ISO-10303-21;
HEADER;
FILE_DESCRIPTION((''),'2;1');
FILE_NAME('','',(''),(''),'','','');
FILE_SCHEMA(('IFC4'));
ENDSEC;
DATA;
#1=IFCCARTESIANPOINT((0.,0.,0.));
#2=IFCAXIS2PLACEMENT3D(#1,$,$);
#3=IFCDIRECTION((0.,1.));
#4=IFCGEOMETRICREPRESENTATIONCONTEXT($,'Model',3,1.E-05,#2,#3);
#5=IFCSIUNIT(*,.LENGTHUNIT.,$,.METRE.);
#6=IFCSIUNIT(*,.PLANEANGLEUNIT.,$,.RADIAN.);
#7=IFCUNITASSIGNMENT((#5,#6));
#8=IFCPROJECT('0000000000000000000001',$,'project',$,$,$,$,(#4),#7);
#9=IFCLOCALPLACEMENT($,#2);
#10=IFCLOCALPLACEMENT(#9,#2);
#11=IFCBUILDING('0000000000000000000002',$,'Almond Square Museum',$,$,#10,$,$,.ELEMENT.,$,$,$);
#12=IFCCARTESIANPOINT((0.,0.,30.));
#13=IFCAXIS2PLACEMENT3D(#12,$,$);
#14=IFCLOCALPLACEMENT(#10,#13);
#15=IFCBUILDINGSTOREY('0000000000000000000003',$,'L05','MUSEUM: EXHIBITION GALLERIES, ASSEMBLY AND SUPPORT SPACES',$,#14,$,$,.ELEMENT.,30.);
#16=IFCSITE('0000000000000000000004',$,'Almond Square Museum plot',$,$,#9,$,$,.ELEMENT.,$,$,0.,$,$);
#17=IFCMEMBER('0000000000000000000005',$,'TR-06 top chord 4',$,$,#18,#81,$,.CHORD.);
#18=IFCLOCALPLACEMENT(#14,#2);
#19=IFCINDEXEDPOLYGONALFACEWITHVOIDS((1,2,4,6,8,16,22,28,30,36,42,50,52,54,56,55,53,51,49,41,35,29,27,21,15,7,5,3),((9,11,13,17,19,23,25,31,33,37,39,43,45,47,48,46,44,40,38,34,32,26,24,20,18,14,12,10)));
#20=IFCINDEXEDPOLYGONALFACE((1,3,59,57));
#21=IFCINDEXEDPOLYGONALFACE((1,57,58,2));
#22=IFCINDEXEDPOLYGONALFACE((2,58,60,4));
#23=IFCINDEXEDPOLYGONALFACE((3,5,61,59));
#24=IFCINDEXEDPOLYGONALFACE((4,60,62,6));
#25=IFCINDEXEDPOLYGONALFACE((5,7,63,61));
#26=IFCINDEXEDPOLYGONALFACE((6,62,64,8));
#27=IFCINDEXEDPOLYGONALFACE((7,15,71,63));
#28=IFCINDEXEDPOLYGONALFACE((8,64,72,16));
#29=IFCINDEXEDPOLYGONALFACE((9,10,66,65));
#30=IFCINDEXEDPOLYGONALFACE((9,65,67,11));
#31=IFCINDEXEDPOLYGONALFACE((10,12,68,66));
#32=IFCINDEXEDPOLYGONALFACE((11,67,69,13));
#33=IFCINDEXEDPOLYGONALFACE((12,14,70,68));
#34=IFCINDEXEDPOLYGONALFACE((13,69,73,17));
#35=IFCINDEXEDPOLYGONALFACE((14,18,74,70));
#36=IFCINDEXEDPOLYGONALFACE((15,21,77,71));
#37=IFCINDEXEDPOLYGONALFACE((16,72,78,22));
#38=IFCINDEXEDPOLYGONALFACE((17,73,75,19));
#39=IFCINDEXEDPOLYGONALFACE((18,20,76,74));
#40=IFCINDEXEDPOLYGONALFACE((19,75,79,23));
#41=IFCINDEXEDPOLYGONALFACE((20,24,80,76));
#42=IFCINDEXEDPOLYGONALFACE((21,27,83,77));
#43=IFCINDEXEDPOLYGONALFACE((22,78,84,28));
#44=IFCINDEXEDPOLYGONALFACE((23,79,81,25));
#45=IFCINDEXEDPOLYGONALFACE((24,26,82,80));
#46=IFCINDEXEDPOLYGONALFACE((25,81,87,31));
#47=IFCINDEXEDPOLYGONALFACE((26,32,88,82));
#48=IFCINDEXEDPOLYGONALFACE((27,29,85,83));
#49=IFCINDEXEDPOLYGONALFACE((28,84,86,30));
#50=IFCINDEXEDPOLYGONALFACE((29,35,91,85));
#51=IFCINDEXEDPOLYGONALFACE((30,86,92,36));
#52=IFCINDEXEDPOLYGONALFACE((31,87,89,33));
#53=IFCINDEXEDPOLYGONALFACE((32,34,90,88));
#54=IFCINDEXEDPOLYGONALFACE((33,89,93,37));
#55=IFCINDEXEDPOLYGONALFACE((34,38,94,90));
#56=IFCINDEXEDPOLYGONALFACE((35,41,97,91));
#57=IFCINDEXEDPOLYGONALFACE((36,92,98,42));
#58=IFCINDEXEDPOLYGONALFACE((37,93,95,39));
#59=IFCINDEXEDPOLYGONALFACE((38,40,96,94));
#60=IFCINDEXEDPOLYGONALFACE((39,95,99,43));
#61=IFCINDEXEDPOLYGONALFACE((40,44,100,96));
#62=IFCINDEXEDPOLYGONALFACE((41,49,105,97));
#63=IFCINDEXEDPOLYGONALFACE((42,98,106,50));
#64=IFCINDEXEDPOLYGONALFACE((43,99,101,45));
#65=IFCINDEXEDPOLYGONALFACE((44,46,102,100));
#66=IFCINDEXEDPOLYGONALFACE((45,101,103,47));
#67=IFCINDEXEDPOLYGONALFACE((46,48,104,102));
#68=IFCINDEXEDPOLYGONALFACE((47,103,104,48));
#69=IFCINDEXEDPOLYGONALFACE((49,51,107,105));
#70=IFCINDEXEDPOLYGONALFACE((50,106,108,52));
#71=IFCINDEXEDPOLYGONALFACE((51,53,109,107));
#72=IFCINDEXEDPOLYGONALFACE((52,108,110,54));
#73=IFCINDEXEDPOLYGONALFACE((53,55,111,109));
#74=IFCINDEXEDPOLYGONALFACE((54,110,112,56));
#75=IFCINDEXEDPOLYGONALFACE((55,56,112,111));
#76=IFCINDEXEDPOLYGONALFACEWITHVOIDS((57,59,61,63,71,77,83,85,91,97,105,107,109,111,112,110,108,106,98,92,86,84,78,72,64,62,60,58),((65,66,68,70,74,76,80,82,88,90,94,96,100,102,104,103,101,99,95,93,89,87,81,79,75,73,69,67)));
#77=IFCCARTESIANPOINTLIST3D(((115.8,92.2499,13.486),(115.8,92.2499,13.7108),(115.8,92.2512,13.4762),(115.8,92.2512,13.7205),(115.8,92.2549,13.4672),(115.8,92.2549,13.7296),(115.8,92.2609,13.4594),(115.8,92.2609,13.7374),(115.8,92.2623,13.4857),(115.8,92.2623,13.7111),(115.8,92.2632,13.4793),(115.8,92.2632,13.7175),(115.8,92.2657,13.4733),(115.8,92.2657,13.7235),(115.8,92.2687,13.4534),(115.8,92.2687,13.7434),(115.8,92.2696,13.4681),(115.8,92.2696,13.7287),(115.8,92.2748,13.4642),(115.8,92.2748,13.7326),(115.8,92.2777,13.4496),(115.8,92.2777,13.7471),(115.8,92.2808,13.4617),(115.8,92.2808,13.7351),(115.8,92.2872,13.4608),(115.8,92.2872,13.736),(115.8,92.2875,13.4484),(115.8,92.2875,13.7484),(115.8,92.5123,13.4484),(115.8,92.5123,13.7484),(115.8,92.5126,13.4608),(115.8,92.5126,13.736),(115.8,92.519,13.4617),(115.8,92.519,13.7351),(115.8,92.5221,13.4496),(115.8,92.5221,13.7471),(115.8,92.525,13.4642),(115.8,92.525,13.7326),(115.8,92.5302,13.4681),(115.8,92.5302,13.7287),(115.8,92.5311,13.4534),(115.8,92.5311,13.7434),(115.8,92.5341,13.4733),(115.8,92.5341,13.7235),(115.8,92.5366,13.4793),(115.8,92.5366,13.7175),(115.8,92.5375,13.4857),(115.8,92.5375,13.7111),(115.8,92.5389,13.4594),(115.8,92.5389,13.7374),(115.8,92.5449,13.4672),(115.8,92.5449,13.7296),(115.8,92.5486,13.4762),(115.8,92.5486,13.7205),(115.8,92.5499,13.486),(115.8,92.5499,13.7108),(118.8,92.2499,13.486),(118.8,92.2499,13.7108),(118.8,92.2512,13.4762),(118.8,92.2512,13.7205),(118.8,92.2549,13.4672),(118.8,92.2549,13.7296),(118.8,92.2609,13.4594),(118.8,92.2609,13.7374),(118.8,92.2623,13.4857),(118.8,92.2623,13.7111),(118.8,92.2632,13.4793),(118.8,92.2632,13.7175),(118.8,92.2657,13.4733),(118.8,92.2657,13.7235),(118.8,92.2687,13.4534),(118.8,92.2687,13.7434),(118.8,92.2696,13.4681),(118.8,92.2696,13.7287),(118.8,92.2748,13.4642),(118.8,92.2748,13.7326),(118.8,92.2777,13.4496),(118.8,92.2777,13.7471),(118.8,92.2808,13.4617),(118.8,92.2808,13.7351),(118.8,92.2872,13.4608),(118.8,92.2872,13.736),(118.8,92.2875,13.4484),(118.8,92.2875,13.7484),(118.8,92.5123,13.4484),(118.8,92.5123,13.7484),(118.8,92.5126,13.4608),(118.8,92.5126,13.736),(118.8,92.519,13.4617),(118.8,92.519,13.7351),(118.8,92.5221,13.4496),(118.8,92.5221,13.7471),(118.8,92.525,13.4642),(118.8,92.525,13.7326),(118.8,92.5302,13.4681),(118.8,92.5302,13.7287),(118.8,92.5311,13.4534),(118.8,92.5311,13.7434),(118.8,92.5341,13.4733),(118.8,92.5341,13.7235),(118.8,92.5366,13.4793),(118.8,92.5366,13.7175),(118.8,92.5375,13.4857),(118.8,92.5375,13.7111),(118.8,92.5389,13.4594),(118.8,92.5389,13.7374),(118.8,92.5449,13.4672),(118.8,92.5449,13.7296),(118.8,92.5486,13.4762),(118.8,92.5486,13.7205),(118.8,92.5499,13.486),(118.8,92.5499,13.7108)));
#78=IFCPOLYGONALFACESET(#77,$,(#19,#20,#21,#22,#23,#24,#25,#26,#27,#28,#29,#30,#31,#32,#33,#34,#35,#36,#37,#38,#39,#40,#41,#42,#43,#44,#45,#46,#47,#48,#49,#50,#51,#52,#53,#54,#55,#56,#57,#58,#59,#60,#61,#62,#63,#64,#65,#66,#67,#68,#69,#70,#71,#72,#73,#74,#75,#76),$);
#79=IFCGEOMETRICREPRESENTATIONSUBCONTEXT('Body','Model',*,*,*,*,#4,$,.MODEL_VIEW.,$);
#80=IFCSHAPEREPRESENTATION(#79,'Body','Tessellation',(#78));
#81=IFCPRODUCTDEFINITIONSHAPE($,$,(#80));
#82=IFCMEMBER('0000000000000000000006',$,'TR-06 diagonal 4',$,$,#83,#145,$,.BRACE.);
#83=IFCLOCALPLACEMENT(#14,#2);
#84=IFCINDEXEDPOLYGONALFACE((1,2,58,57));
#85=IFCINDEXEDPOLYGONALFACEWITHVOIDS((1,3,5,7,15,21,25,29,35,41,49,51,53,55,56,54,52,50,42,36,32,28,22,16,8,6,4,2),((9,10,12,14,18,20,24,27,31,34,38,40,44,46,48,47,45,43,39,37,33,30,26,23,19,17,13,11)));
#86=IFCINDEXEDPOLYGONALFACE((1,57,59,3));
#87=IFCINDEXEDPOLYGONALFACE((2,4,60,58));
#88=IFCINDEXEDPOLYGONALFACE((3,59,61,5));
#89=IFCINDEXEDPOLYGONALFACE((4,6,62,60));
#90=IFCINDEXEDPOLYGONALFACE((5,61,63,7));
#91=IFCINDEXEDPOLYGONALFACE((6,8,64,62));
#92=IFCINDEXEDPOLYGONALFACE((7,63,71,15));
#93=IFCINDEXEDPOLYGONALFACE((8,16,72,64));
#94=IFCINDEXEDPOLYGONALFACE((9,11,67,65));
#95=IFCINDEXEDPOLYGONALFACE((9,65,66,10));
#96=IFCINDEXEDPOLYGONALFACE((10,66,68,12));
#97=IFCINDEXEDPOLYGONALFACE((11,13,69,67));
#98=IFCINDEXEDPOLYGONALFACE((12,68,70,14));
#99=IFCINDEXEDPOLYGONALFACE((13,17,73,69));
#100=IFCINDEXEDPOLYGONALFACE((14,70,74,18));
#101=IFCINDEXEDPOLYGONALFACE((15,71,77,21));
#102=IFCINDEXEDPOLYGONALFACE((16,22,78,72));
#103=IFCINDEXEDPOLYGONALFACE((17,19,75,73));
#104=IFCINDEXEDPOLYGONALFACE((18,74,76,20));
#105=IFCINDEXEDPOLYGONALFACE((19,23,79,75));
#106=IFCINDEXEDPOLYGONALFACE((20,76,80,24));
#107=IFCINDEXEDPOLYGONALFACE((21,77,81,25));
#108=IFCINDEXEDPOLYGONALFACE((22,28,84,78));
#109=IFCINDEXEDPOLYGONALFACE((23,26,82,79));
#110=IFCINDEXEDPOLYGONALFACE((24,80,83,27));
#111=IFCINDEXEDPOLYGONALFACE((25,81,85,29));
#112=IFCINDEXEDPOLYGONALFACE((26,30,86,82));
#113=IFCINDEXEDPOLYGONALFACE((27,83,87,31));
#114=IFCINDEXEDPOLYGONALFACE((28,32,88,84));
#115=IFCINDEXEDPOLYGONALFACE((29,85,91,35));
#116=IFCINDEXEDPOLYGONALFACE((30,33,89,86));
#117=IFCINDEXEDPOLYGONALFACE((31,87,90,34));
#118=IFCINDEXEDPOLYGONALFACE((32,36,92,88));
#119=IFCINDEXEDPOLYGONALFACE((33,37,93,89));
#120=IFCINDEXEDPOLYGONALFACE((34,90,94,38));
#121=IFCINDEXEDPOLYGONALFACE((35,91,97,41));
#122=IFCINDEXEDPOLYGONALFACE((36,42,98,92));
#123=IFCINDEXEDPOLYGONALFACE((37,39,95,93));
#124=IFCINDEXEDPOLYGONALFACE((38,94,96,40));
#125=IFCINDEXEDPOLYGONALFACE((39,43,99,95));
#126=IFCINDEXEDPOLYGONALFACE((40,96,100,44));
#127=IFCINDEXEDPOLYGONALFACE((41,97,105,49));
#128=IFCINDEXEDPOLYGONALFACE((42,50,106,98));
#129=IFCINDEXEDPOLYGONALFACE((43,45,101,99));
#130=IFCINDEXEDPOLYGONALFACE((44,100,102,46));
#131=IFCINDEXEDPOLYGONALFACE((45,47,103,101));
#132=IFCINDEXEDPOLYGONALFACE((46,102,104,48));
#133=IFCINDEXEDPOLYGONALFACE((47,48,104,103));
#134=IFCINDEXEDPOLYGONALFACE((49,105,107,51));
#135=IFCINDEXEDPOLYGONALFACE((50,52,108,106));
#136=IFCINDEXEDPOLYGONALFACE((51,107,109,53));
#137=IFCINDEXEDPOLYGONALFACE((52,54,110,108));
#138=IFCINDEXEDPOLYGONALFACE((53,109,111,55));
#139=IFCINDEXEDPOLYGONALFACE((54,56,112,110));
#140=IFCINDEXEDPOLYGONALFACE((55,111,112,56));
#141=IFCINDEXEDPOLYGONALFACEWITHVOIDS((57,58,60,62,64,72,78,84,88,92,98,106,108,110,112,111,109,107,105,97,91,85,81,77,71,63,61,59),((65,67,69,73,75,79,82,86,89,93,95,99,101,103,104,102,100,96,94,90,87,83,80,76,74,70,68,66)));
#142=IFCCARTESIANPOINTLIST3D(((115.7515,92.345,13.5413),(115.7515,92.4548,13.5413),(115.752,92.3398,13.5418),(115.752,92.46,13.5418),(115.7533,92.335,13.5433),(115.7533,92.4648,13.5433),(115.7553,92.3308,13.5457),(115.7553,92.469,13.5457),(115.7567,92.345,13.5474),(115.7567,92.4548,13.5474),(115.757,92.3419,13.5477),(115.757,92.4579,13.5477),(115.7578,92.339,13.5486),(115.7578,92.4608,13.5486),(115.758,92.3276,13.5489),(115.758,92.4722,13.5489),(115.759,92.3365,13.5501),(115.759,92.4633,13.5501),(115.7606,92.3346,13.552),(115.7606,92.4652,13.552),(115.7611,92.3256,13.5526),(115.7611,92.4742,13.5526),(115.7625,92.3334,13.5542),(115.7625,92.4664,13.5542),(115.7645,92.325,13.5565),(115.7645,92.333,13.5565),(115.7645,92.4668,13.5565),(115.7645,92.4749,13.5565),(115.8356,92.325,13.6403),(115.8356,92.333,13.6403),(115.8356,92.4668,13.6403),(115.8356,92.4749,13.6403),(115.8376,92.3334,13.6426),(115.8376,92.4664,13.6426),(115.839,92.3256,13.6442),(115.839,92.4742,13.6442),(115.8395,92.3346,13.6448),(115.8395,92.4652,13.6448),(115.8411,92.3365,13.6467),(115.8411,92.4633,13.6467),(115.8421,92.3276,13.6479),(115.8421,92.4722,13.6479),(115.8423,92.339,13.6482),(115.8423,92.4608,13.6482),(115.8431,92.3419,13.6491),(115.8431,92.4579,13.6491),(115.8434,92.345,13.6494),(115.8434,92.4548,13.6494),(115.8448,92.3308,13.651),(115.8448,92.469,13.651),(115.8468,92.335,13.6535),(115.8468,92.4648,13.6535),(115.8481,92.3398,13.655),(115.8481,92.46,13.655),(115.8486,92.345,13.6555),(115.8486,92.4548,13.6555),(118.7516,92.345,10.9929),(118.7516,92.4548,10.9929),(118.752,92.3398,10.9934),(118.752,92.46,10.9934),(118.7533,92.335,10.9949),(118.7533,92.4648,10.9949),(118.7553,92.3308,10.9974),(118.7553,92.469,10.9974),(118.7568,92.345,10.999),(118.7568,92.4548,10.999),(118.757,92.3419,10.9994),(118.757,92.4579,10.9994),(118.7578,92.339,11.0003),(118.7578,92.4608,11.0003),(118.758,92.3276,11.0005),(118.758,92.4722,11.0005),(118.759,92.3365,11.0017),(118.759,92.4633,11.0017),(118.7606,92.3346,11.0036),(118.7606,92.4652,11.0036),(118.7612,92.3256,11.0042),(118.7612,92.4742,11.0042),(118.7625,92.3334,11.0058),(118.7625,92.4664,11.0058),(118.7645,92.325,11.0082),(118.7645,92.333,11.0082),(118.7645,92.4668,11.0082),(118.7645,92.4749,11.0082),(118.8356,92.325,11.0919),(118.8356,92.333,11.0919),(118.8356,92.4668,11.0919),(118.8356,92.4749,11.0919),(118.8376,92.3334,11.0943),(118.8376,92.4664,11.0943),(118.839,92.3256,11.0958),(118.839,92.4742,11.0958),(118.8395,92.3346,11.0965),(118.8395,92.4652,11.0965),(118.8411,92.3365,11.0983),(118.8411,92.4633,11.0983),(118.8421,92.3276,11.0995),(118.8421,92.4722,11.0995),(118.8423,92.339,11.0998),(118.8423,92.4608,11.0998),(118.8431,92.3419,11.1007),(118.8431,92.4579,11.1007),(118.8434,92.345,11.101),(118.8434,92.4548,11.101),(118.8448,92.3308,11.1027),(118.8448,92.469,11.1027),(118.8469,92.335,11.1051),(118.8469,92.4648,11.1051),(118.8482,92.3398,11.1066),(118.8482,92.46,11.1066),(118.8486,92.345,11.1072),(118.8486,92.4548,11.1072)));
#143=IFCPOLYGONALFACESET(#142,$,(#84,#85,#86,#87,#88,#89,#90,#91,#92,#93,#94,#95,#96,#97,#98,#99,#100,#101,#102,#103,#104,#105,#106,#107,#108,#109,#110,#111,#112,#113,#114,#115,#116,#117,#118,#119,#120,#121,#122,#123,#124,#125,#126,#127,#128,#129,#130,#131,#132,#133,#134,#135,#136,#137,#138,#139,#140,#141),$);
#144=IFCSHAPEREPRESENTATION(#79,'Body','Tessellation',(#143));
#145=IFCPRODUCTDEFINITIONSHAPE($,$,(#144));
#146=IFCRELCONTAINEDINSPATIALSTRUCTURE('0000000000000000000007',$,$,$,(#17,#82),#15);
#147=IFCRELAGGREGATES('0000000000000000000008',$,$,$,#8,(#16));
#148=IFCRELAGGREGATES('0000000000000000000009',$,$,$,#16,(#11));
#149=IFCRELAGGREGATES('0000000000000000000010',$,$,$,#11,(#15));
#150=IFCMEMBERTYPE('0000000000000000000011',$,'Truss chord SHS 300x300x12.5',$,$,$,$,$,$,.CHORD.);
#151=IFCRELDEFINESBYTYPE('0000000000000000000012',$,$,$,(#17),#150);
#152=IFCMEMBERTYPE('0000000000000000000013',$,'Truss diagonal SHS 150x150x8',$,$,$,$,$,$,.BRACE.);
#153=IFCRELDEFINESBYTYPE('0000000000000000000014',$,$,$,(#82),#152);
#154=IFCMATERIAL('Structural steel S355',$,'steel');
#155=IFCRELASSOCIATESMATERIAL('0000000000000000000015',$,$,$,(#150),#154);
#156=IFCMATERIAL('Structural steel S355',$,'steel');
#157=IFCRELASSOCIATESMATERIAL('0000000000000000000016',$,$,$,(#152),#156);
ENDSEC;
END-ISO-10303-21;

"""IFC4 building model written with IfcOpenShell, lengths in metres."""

from ifc_helpers import new_model, si_unit, direction, frame, origin, origin_2d, place, context, subcontext, project, spatial, hollow_rectangle, extrude, material, material_profile, profile_set, type_object, element, save


model = new_model("IFC4")

# Units and contexts
model_context = context("Model", 3, precision=1e-05, world=origin(), true_north=direction((0.0, 1.0)))
body_context = subcontext(model_context, "Body", "Model", "MODEL_VIEW")
ifc_project = project(units=[si_unit("LENGTHUNIT", "METRE"), si_unit("PLANEANGLEUNIT", "RADIAN")], contexts=[model_context])

# Site, building, storey
site_placement = place(None, origin())
site = spatial("IfcSite", under=ifc_project, at=site_placement, Name="Almond Square Museum plot", CompositionType="ELEMENT", RefElevation=0.0)
building_placement = place(site_placement, origin())
building = spatial("IfcBuilding", under=site, at=building_placement, Name="Almond Square Museum", CompositionType="ELEMENT")
storey_placement = place(building_placement, frame((0.0, 0.0, 30.0)))
storey = spatial("IfcBuildingStorey", under=building, at=storey_placement, Name="L05", Description="MUSEUM: EXHIBITION GALLERIES, ASSEMBLY AND SUPPORT SPACES", CompositionType="ELEMENT", Elevation=30.0)

# Members
ifc_material_1 = material(Name="Structural steel S355", Category="steel")
ifc_material_profile_1 = material_profile(ifc_material_1, hollow_rectangle(XDim=0.3, YDim=0.3, WallThickness=0.0125, InnerFilletRadius=0.0249, OuterFilletRadius=0.0376, at=origin_2d()))
ifc_profile_set_1 = profile_set([ifc_material_profile_1], Name="Structural steel S355")
member_type_1 = type_object("IfcMemberType", Name="Truss chord SHS 300x300x12.5", PredefinedType="CHORD", material=ifc_profile_set_1)
member_1_placement = place(storey_placement, frame((115.8, 92.3999, 13.5984), z_axis=(1.0, 0.0, 0.0), x_axis=(0.0, 1.0, 0.0)))
element("IfcMember", 1, at=member_1_placement, inside=storey, type_object=member_type_1, Name="TR-06 top chord 4", PredefinedType="CHORD", context=body_context, shape_type="SweptSolid", body=[
    extrude(hollow_rectangle(XDim=0.3, YDim=0.3, WallThickness=0.0125, InnerFilletRadius=0.0249, OuterFilletRadius=0.0376, at=origin_2d()), origin(), (0.0, 0.0, 1.0), 3.0),
])
ifc_material_2 = material(Name="Structural steel S355", Category="steel")
ifc_material_profile_2 = material_profile(ifc_material_2, hollow_rectangle(XDim=0.1499, YDim=0.1499, WallThickness=0.0081, InnerFilletRadius=0.012, OuterFilletRadius=0.02, at=origin_2d()))
ifc_profile_set_2 = profile_set([ifc_material_profile_2], Name="Structural steel S355")
member_type_2 = type_object("IfcMemberType", Name="Truss diagonal SHS 150x150x8", PredefinedType="BRACE", material=ifc_profile_set_2)
member_2_placement = place(storey_placement, frame((115.8, 92.3999, 13.5984), z_axis=(0.762147, 0.0, -0.647404), x_axis=(0.0, 1.0, 0.0)))
element("IfcMember", 2, at=member_2_placement, inside=storey, type_object=member_type_2, Name="TR-06 diagonal 4", PredefinedType="BRACE", context=body_context, shape_type="SweptSolid", body=[
    extrude(hollow_rectangle(XDim=0.1499, YDim=0.1499, WallThickness=0.0081, InnerFilletRadius=0.012, OuterFilletRadius=0.02, at=origin_2d()), origin(), (0.0, 0.0, 1.0), 3.9363),
])

save(model, "model.ifc")
